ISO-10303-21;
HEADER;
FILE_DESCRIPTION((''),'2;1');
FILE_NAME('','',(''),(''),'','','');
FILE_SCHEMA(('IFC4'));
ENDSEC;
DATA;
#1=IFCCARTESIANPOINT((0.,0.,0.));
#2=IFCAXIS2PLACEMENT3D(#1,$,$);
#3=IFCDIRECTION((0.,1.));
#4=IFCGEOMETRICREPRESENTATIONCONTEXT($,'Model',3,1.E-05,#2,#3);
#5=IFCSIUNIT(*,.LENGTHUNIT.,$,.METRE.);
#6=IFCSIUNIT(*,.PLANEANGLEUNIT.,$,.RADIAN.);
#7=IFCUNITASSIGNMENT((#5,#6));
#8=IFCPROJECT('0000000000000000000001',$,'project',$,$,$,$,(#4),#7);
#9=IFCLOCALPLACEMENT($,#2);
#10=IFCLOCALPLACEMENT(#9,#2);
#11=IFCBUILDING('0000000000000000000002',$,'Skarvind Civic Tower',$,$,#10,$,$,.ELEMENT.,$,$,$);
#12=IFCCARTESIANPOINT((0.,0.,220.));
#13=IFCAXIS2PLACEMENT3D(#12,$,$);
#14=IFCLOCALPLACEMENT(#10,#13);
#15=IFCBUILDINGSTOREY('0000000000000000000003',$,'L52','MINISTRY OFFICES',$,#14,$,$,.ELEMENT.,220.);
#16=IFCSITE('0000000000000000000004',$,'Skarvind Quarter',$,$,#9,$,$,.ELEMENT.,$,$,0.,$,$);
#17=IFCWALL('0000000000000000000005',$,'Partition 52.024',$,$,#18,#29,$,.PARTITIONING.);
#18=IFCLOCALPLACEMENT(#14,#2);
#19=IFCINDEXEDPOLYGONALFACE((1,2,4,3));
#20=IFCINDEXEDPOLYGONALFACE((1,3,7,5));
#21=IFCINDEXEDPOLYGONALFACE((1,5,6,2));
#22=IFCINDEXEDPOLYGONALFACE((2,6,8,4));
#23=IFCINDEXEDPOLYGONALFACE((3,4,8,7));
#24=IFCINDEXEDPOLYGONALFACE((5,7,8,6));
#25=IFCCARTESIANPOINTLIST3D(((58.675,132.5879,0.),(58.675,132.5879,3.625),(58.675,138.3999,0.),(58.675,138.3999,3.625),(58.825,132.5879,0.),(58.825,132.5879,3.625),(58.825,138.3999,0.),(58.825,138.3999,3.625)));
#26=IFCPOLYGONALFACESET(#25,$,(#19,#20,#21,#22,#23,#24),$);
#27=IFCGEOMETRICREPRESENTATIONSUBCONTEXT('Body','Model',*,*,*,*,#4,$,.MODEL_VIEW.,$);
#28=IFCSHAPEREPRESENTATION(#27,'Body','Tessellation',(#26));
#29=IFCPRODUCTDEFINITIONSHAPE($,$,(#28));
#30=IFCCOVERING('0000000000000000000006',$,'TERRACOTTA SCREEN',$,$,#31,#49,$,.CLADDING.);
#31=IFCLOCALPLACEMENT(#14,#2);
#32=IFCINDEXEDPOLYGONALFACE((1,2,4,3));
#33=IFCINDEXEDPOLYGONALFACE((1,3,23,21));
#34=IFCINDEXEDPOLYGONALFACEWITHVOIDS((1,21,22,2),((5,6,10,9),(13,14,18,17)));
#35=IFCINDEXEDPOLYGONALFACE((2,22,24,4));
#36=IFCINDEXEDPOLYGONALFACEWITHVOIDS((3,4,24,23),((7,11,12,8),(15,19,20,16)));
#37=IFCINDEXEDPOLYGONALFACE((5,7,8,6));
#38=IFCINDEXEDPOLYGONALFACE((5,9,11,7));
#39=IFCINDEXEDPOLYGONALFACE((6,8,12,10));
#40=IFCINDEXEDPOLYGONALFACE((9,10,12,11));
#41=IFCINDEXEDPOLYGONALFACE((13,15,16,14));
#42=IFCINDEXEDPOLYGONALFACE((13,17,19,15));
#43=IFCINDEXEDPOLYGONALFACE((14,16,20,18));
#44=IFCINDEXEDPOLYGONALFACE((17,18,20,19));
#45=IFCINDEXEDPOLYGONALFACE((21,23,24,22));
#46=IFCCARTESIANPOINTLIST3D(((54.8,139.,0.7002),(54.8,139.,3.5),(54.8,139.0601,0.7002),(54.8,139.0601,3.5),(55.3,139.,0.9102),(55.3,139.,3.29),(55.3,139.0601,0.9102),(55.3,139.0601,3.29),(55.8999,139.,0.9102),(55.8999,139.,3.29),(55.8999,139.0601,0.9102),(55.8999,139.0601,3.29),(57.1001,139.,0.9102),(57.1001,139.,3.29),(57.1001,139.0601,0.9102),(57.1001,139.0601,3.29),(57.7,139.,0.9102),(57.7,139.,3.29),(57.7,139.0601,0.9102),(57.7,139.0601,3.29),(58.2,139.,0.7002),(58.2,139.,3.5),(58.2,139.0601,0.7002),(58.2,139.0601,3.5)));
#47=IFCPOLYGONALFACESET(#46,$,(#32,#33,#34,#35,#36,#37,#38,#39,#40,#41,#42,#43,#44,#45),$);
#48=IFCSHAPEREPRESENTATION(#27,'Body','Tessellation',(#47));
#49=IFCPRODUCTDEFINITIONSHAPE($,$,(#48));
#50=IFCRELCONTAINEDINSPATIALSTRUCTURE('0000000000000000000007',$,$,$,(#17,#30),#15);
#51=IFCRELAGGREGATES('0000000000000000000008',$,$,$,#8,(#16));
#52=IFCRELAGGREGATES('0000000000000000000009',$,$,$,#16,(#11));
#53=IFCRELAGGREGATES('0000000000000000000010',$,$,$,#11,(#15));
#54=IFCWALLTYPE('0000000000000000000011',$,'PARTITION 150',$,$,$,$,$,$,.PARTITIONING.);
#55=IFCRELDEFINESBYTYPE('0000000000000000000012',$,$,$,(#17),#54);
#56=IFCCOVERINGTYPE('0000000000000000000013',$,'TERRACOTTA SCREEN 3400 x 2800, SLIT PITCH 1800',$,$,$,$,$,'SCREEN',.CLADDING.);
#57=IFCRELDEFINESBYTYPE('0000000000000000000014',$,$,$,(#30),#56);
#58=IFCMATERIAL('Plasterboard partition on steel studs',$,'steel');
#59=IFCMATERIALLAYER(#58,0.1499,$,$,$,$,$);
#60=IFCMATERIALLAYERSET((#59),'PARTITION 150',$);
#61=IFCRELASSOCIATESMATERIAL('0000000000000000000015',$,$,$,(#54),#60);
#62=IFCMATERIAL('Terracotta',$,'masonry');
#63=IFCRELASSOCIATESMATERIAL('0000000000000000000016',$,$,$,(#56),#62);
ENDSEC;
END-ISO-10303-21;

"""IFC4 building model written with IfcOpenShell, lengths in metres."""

from ifc_helpers import new_model, si_unit, direction, frame, frame_2d, origin, place, context, subcontext, project, spatial, polyline, rectangle, outline, extrude, material, layer, layer_set, material_profile, profile_set, type_object, element, save


model = new_model("IFC4")

# Units and contexts
model_context = context("Model", 3, precision=1e-05, world=origin(), true_north=direction((0.0, 1.0)))
body_context = subcontext(model_context, "Body", "Model", "MODEL_VIEW")
ifc_project = project(units=[si_unit("LENGTHUNIT", "METRE"), si_unit("PLANEANGLEUNIT", "RADIAN")], contexts=[model_context])

# Site, building, storey
site_placement = place(None, origin())
site = spatial("IfcSite", under=ifc_project, at=site_placement, Name="Skarvind Quarter", CompositionType="ELEMENT", RefElevation=0.0)
building_placement = place(site_placement, origin())
building = spatial("IfcBuilding", under=site, at=building_placement, Name="Skarvind Civic Tower", CompositionType="ELEMENT")
storey_placement = place(building_placement, frame((0.0, 0.0, 220.0)))
storey = spatial("IfcBuildingStorey", under=building, at=storey_placement, Name="L52", Description="MINISTRY OFFICES", CompositionType="ELEMENT", Elevation=220.0)

# Shared definitions
ifc_material_1 = material(Name="Plasterboard partition on steel studs", Category="steel")
ifc_layer_1 = layer(ifc_material_1, 0.1499)
ifc_layer_set_1 = layer_set([ifc_layer_1], Name="PARTITION 150")
wall_type_1 = type_object("IfcWallType", Name="PARTITION 150", PredefinedType="PARTITIONING", material=ifc_layer_set_1)

# Wall
wall_1_placement = place(storey_placement, frame((58.75, 132.5879, 0.0), z_axis=(0.0, 0.0, 1.0), x_axis=(0.0, 1.0, 0.0)))
element("IfcWall", 1, at=wall_1_placement, inside=storey, type_object=wall_type_1, Name="Partition 52.024", PredefinedType="PARTITIONING", context=body_context, shape_type="SweptSolid", body=[
    extrude(rectangle(XDim=5.812, YDim=0.1499, at=frame_2d((2.906, 0.0))), origin(), (0.0, 0.0, 1.0), 3.625),
])

# Covering
ifc_material_2 = material(Name="Terracotta", Category="masonry")
ifc_material_profile_1 = material_profile(ifc_material_2, outline(polyline([(-1.7, -1.3999), (1.7, -1.3999), (1.7, 1.3999), (-1.7, 1.3999), (-1.7, -1.3999)]), holes=[polyline([(-1.2, -1.1899), (-0.6001, -1.1899), (-0.6001, 1.1899), (-1.2, 1.1899), (-1.2, -1.1899)]), polyline([(0.6001, -1.1899), (1.2, -1.1899), (1.2, 1.1899), (0.6001, 1.1899), (0.6001, -1.1899)])]), Name="TERRACOTTA SCREEN 3400 x 2800, SLIT PITCH 1800")
ifc_profile_set_1 = profile_set([ifc_material_profile_1], Name="Terracotta")
covering_type = type_object("IfcCoveringType", Name="TERRACOTTA SCREEN 3400 x 2800, SLIT PITCH 1800", ElementType="SCREEN", PredefinedType="CLADDING", material=ifc_profile_set_1)
covering_placement = place(storey_placement, frame((56.5, 139.0, 2.1001), z_axis=(0.0, 1.0, 0.0), x_axis=(-1.0, 0.0, 0.0)))
element("IfcCovering", 2, at=covering_placement, inside=storey, type_object=covering_type, Name="TERRACOTTA SCREEN", PredefinedType="CLADDING", context=body_context, shape_type="SweptSolid", body=[
    extrude(outline(polyline([(-1.7, -1.3999), (1.7, -1.3999), (1.7, 1.3999), (-1.7, 1.3999), (-1.7, -1.3999)]), holes=[polyline([(-1.2, -1.1899), (-0.6001, -1.1899), (-0.6001, 1.1899), (-1.2, 1.1899), (-1.2, -1.1899)]), polyline([(0.6001, -1.1899), (1.2, -1.1899), (1.2, 1.1899), (0.6001, 1.1899), (0.6001, -1.1899)])]), origin(), (0.0, 0.0, 1.0), 0.0601),
])

save(model, "model.ifc")
